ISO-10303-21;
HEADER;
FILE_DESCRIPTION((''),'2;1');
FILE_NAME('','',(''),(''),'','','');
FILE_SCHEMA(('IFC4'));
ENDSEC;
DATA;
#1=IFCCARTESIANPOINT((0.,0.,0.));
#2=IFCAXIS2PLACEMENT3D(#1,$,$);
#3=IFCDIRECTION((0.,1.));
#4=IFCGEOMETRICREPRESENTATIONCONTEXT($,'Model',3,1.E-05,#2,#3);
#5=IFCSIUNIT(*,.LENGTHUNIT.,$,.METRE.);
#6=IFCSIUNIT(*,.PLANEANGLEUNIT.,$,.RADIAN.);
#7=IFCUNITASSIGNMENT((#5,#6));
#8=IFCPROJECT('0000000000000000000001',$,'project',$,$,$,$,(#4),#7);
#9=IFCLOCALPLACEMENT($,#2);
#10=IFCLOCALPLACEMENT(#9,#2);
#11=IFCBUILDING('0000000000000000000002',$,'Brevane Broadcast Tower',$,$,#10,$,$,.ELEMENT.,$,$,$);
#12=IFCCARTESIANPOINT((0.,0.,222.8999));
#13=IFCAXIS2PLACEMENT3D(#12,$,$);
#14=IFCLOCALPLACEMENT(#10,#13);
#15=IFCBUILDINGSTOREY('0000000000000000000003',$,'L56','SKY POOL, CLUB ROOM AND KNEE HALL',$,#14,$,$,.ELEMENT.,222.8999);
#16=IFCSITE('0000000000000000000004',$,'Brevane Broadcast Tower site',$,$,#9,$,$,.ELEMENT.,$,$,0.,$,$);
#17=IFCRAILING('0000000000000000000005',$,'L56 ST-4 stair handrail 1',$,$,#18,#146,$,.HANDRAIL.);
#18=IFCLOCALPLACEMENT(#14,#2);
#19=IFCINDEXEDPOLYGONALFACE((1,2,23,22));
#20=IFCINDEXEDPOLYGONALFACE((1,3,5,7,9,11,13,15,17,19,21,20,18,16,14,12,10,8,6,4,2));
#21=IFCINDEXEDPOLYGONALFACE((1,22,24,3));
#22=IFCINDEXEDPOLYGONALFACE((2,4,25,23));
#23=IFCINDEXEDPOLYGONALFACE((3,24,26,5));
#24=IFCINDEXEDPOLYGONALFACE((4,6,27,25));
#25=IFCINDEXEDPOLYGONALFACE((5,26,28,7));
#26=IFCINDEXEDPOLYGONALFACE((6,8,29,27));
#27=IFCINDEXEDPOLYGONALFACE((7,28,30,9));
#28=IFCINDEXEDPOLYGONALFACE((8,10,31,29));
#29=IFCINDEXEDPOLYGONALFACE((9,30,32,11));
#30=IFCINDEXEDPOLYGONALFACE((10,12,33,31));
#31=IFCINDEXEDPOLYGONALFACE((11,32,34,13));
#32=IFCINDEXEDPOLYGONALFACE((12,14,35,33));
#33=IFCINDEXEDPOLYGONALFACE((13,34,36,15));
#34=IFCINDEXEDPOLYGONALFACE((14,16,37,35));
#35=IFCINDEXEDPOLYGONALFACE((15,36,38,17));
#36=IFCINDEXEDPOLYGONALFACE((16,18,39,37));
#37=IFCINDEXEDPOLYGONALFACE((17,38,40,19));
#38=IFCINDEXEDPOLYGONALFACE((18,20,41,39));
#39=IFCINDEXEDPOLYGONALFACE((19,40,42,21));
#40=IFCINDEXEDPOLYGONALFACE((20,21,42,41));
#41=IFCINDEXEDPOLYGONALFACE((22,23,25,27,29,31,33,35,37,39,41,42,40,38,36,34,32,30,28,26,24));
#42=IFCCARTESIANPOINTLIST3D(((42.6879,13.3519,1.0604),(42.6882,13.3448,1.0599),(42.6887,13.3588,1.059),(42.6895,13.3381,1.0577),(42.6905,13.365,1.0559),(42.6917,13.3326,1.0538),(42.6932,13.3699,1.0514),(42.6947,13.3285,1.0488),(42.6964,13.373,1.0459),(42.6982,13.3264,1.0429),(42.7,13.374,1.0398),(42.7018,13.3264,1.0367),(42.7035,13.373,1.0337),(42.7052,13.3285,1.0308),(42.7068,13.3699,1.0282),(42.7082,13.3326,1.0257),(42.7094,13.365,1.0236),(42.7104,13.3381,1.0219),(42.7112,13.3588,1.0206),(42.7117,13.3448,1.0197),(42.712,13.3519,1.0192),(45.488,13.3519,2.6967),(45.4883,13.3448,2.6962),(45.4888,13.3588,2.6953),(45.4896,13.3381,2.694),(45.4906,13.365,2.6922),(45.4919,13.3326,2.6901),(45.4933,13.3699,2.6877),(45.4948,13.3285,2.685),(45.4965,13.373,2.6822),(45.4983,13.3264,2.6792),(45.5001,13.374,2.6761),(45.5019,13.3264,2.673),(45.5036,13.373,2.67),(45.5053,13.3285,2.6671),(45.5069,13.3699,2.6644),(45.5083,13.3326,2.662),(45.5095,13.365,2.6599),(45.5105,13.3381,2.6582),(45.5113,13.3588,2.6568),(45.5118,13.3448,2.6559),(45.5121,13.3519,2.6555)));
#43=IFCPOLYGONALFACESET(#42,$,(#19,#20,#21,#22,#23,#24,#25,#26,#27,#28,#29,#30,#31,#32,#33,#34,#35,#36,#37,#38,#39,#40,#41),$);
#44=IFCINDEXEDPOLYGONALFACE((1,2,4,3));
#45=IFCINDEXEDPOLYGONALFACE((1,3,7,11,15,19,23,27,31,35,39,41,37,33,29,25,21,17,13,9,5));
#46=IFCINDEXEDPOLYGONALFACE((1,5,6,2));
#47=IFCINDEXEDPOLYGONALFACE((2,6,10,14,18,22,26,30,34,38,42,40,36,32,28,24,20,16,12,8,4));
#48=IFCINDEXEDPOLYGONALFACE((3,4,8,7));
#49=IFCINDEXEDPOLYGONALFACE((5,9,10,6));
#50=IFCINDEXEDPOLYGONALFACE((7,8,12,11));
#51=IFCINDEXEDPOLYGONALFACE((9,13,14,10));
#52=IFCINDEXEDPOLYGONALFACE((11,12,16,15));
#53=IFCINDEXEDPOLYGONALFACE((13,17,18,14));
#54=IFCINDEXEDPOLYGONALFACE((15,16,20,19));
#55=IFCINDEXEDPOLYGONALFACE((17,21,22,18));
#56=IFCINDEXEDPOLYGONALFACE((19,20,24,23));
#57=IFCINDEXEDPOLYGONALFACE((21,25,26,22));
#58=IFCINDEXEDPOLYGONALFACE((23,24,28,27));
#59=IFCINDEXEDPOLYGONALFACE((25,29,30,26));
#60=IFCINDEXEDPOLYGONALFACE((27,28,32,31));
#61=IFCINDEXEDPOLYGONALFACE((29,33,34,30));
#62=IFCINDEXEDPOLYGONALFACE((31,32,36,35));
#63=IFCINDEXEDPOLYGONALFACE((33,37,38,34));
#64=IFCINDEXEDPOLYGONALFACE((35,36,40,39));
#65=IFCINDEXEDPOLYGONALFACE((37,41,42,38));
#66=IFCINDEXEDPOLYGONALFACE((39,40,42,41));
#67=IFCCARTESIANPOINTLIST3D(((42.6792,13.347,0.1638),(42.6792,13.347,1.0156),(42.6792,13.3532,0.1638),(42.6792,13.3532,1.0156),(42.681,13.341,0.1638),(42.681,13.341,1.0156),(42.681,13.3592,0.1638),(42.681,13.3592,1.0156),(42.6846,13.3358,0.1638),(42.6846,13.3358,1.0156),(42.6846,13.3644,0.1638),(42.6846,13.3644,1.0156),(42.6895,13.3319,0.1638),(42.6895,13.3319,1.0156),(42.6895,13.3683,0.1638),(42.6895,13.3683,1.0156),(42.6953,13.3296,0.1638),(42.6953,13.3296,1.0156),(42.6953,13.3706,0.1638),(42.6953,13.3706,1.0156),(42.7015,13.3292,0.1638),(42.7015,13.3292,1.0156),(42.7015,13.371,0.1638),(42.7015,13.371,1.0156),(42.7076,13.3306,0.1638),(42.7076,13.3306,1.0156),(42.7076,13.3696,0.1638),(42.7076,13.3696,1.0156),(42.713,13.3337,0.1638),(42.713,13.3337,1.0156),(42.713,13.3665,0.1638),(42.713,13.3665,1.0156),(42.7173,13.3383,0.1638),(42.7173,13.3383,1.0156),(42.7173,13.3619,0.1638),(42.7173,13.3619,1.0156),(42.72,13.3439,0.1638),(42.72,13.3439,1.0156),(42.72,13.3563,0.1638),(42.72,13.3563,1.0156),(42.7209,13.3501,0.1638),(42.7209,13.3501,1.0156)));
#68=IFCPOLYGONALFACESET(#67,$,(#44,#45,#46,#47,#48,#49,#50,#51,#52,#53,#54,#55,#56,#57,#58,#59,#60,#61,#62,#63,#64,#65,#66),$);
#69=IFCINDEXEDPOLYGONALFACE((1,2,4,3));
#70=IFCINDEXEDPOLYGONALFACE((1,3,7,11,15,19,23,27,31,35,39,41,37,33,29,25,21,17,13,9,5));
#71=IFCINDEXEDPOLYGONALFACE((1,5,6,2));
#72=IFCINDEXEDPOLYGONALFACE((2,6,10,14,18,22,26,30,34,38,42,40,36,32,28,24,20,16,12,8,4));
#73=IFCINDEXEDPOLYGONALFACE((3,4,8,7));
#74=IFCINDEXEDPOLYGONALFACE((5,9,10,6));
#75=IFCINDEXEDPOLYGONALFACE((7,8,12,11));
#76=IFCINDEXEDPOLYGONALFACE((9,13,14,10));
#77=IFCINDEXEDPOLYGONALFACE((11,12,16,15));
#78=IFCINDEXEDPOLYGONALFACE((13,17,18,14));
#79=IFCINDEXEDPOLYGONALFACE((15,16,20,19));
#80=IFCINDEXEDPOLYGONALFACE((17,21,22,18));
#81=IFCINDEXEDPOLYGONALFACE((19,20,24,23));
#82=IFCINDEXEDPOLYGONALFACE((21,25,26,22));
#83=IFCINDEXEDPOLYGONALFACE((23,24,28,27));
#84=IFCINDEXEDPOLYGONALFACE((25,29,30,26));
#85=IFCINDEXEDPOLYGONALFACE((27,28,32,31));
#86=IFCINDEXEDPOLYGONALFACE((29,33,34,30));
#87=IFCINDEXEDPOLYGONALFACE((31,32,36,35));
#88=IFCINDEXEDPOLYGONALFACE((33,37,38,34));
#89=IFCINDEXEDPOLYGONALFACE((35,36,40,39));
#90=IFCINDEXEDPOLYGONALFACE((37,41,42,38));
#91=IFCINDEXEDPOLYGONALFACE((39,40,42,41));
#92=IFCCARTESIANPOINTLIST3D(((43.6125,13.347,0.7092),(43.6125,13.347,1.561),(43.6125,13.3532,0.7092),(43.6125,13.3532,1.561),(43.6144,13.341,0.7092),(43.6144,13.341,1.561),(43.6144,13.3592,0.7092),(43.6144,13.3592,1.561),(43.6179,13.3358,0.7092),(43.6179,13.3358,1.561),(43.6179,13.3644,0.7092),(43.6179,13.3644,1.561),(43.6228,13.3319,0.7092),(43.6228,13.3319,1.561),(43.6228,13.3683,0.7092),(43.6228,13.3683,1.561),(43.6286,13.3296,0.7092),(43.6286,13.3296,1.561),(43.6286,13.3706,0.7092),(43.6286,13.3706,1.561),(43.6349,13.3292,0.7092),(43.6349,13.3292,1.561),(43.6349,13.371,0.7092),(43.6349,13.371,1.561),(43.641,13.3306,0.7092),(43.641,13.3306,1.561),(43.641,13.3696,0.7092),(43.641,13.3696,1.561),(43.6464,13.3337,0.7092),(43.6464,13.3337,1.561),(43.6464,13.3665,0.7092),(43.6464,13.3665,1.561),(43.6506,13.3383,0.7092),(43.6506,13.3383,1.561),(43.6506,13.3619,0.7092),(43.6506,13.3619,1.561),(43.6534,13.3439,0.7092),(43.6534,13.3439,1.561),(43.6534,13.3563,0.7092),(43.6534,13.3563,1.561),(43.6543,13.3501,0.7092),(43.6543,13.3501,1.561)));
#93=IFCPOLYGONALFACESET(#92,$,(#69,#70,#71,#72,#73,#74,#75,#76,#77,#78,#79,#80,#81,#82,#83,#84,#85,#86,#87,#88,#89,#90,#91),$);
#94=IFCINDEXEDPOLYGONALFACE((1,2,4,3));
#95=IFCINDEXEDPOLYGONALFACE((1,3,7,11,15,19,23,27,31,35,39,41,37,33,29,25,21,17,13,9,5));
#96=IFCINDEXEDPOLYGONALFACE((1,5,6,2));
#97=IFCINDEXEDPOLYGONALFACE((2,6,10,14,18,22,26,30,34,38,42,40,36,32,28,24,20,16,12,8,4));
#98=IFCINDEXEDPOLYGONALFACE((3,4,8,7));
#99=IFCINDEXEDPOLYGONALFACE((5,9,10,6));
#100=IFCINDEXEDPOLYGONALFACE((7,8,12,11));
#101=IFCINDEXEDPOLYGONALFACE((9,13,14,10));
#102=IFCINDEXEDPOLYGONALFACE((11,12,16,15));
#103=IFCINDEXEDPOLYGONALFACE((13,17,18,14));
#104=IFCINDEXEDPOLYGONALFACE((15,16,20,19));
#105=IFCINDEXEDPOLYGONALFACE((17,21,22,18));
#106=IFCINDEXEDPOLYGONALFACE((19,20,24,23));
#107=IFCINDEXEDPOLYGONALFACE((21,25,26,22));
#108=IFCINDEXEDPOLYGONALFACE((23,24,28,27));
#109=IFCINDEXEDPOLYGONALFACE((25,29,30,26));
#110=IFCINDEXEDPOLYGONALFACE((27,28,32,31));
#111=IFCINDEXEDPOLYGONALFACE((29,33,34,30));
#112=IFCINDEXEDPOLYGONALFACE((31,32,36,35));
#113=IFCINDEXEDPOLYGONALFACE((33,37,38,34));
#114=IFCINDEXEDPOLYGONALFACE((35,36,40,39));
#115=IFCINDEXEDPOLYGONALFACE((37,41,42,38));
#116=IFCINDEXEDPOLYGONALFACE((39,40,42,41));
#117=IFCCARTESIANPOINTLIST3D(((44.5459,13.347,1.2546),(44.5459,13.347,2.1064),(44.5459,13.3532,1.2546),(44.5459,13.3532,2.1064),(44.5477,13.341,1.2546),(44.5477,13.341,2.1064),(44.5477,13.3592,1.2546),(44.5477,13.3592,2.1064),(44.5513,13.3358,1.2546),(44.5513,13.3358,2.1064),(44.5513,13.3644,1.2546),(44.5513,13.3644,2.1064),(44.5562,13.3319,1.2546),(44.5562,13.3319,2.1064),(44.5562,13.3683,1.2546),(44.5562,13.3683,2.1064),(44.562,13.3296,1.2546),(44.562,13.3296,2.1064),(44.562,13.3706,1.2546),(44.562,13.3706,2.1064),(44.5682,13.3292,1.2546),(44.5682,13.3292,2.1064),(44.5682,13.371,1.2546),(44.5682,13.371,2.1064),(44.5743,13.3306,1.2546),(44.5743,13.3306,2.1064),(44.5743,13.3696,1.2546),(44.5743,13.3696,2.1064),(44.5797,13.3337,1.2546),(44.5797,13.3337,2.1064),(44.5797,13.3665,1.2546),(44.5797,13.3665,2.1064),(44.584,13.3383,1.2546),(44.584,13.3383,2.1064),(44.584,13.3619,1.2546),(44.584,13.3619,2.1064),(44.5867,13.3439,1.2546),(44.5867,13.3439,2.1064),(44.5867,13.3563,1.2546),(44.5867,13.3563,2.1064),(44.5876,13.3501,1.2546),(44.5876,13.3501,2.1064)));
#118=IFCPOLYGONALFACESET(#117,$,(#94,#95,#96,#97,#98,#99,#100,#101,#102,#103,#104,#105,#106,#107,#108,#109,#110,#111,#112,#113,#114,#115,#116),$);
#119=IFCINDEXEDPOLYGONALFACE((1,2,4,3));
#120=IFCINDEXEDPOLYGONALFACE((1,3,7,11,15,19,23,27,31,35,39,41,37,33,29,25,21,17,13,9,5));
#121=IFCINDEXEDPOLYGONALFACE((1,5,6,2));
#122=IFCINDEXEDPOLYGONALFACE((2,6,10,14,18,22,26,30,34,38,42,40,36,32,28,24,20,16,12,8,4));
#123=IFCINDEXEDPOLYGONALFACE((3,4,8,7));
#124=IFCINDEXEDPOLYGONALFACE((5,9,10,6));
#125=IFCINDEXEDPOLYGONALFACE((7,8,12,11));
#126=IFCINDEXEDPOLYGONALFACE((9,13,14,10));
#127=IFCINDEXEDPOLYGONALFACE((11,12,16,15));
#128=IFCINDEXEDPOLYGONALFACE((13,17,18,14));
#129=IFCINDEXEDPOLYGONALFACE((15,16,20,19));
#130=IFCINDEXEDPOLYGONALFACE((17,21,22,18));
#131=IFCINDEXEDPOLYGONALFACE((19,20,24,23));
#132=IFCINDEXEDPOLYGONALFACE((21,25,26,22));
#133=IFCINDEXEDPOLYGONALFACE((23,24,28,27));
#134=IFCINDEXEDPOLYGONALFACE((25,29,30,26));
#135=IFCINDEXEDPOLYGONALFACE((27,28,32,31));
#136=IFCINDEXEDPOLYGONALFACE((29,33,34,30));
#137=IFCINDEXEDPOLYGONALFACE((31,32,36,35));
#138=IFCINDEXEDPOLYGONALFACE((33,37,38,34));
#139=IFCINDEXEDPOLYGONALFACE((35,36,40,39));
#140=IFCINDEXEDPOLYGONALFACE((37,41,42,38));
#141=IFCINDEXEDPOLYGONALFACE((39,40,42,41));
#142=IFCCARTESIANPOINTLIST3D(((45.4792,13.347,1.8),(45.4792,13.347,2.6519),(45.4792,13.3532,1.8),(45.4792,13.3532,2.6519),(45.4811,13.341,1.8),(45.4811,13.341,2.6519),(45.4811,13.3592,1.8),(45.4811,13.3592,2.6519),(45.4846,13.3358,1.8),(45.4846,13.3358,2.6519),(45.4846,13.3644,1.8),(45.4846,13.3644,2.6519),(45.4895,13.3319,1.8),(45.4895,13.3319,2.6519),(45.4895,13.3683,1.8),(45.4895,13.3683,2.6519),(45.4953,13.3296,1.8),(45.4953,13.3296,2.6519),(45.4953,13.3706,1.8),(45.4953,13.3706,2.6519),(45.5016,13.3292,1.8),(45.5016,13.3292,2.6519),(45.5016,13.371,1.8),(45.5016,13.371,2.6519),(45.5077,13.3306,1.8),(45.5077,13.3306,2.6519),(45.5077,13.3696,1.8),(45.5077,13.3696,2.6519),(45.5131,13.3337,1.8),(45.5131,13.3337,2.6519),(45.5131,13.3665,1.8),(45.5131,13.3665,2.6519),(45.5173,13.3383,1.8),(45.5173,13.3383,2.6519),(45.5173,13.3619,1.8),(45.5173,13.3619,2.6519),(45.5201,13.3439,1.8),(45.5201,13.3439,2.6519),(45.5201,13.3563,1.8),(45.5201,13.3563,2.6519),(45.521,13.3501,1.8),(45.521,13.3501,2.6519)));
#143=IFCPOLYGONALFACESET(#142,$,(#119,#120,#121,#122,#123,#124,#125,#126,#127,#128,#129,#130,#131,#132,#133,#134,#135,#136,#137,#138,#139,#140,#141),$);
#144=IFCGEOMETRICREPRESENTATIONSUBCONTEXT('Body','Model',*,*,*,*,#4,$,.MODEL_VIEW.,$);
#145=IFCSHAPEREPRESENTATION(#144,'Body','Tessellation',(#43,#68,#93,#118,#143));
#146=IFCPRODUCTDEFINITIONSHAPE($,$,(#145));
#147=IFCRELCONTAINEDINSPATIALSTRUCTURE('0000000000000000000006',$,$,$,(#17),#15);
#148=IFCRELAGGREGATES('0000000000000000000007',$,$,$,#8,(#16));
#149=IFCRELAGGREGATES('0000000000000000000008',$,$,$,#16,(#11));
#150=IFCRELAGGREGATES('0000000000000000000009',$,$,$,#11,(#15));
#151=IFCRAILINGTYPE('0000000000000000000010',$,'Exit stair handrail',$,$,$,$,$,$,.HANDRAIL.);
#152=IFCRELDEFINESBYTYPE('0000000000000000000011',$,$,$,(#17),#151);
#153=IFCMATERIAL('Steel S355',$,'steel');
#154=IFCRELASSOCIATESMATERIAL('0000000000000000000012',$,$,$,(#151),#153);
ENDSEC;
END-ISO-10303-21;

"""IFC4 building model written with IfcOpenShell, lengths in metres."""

from ifc_helpers import new_model, si_unit, direction, frame, origin, origin_2d, place, context, subcontext, project, spatial, circle, extrude, material, type_object, element, save


model = new_model("IFC4")

# Units and contexts
model_context = context("Model", 3, precision=1e-05, world=origin(), true_north=direction((0.0, 1.0)))
body_context = subcontext(model_context, "Body", "Model", "MODEL_VIEW")
ifc_project = project(units=[si_unit("LENGTHUNIT", "METRE"), si_unit("PLANEANGLEUNIT", "RADIAN")], contexts=[model_context])

# Site, building, storey
site_placement = place(None, origin())
site = spatial("IfcSite", under=ifc_project, at=site_placement, Name="Brevane Broadcast Tower site", CompositionType="ELEMENT", RefElevation=0.0)
building_placement = place(site_placement, origin())
building = spatial("IfcBuilding", under=site, at=building_placement, Name="Brevane Broadcast Tower", CompositionType="ELEMENT")
storey_placement = place(building_placement, frame((0.0, 0.0, 222.8999)))
storey = spatial("IfcBuildingStorey", under=building, at=storey_placement, Name="L56", Description="SKY POOL, CLUB ROOM AND KNEE HALL", CompositionType="ELEMENT", Elevation=222.8999)

# Railing
ifc_material_1 = material(Name="Steel S355", Category="steel")
railing_type_1 = type_object("IfcRailingType", Name="Exit stair handrail", PredefinedType="HANDRAIL", material=ifc_material_1)
railing_1_placement = place(storey_placement, frame((42.7, 13.3501, 0.1638)))
element("IfcRailing", 1, at=railing_1_placement, inside=storey, type_object=railing_type_1, Name="L56 ST-4 stair handrail 1", PredefinedType="HANDRAIL", context=body_context, shape_type="SweptSolid", body=[
    extrude(circle(Radius=0.0239, at=origin_2d()), frame((0.0, 0.0, 0.876), z_axis=(0.863394, 0.0, 0.504531), x_axis=(0.0, 1.0, 0.0)), (0.0, 0.0, 1.0), 3.2432),
    extrude(circle(Radius=0.021, at=origin_2d()), origin(), (0.0, 0.0, 1.0), 0.8518),
    extrude(circle(Radius=0.021, at=origin_2d()), frame((0.9333, 0.0, 0.5454)), (0.0, 0.0, 1.0), 0.8518),
    extrude(circle(Radius=0.021, at=origin_2d()), frame((1.8667, 0.0, 1.0908)), (0.0, 0.0, 1.0), 0.8518),
    extrude(circle(Radius=0.021, at=origin_2d()), frame((2.8, 0.0, 1.6362)), (0.0, 0.0, 1.0), 0.8518),
])

save(model, "model.ifc")
